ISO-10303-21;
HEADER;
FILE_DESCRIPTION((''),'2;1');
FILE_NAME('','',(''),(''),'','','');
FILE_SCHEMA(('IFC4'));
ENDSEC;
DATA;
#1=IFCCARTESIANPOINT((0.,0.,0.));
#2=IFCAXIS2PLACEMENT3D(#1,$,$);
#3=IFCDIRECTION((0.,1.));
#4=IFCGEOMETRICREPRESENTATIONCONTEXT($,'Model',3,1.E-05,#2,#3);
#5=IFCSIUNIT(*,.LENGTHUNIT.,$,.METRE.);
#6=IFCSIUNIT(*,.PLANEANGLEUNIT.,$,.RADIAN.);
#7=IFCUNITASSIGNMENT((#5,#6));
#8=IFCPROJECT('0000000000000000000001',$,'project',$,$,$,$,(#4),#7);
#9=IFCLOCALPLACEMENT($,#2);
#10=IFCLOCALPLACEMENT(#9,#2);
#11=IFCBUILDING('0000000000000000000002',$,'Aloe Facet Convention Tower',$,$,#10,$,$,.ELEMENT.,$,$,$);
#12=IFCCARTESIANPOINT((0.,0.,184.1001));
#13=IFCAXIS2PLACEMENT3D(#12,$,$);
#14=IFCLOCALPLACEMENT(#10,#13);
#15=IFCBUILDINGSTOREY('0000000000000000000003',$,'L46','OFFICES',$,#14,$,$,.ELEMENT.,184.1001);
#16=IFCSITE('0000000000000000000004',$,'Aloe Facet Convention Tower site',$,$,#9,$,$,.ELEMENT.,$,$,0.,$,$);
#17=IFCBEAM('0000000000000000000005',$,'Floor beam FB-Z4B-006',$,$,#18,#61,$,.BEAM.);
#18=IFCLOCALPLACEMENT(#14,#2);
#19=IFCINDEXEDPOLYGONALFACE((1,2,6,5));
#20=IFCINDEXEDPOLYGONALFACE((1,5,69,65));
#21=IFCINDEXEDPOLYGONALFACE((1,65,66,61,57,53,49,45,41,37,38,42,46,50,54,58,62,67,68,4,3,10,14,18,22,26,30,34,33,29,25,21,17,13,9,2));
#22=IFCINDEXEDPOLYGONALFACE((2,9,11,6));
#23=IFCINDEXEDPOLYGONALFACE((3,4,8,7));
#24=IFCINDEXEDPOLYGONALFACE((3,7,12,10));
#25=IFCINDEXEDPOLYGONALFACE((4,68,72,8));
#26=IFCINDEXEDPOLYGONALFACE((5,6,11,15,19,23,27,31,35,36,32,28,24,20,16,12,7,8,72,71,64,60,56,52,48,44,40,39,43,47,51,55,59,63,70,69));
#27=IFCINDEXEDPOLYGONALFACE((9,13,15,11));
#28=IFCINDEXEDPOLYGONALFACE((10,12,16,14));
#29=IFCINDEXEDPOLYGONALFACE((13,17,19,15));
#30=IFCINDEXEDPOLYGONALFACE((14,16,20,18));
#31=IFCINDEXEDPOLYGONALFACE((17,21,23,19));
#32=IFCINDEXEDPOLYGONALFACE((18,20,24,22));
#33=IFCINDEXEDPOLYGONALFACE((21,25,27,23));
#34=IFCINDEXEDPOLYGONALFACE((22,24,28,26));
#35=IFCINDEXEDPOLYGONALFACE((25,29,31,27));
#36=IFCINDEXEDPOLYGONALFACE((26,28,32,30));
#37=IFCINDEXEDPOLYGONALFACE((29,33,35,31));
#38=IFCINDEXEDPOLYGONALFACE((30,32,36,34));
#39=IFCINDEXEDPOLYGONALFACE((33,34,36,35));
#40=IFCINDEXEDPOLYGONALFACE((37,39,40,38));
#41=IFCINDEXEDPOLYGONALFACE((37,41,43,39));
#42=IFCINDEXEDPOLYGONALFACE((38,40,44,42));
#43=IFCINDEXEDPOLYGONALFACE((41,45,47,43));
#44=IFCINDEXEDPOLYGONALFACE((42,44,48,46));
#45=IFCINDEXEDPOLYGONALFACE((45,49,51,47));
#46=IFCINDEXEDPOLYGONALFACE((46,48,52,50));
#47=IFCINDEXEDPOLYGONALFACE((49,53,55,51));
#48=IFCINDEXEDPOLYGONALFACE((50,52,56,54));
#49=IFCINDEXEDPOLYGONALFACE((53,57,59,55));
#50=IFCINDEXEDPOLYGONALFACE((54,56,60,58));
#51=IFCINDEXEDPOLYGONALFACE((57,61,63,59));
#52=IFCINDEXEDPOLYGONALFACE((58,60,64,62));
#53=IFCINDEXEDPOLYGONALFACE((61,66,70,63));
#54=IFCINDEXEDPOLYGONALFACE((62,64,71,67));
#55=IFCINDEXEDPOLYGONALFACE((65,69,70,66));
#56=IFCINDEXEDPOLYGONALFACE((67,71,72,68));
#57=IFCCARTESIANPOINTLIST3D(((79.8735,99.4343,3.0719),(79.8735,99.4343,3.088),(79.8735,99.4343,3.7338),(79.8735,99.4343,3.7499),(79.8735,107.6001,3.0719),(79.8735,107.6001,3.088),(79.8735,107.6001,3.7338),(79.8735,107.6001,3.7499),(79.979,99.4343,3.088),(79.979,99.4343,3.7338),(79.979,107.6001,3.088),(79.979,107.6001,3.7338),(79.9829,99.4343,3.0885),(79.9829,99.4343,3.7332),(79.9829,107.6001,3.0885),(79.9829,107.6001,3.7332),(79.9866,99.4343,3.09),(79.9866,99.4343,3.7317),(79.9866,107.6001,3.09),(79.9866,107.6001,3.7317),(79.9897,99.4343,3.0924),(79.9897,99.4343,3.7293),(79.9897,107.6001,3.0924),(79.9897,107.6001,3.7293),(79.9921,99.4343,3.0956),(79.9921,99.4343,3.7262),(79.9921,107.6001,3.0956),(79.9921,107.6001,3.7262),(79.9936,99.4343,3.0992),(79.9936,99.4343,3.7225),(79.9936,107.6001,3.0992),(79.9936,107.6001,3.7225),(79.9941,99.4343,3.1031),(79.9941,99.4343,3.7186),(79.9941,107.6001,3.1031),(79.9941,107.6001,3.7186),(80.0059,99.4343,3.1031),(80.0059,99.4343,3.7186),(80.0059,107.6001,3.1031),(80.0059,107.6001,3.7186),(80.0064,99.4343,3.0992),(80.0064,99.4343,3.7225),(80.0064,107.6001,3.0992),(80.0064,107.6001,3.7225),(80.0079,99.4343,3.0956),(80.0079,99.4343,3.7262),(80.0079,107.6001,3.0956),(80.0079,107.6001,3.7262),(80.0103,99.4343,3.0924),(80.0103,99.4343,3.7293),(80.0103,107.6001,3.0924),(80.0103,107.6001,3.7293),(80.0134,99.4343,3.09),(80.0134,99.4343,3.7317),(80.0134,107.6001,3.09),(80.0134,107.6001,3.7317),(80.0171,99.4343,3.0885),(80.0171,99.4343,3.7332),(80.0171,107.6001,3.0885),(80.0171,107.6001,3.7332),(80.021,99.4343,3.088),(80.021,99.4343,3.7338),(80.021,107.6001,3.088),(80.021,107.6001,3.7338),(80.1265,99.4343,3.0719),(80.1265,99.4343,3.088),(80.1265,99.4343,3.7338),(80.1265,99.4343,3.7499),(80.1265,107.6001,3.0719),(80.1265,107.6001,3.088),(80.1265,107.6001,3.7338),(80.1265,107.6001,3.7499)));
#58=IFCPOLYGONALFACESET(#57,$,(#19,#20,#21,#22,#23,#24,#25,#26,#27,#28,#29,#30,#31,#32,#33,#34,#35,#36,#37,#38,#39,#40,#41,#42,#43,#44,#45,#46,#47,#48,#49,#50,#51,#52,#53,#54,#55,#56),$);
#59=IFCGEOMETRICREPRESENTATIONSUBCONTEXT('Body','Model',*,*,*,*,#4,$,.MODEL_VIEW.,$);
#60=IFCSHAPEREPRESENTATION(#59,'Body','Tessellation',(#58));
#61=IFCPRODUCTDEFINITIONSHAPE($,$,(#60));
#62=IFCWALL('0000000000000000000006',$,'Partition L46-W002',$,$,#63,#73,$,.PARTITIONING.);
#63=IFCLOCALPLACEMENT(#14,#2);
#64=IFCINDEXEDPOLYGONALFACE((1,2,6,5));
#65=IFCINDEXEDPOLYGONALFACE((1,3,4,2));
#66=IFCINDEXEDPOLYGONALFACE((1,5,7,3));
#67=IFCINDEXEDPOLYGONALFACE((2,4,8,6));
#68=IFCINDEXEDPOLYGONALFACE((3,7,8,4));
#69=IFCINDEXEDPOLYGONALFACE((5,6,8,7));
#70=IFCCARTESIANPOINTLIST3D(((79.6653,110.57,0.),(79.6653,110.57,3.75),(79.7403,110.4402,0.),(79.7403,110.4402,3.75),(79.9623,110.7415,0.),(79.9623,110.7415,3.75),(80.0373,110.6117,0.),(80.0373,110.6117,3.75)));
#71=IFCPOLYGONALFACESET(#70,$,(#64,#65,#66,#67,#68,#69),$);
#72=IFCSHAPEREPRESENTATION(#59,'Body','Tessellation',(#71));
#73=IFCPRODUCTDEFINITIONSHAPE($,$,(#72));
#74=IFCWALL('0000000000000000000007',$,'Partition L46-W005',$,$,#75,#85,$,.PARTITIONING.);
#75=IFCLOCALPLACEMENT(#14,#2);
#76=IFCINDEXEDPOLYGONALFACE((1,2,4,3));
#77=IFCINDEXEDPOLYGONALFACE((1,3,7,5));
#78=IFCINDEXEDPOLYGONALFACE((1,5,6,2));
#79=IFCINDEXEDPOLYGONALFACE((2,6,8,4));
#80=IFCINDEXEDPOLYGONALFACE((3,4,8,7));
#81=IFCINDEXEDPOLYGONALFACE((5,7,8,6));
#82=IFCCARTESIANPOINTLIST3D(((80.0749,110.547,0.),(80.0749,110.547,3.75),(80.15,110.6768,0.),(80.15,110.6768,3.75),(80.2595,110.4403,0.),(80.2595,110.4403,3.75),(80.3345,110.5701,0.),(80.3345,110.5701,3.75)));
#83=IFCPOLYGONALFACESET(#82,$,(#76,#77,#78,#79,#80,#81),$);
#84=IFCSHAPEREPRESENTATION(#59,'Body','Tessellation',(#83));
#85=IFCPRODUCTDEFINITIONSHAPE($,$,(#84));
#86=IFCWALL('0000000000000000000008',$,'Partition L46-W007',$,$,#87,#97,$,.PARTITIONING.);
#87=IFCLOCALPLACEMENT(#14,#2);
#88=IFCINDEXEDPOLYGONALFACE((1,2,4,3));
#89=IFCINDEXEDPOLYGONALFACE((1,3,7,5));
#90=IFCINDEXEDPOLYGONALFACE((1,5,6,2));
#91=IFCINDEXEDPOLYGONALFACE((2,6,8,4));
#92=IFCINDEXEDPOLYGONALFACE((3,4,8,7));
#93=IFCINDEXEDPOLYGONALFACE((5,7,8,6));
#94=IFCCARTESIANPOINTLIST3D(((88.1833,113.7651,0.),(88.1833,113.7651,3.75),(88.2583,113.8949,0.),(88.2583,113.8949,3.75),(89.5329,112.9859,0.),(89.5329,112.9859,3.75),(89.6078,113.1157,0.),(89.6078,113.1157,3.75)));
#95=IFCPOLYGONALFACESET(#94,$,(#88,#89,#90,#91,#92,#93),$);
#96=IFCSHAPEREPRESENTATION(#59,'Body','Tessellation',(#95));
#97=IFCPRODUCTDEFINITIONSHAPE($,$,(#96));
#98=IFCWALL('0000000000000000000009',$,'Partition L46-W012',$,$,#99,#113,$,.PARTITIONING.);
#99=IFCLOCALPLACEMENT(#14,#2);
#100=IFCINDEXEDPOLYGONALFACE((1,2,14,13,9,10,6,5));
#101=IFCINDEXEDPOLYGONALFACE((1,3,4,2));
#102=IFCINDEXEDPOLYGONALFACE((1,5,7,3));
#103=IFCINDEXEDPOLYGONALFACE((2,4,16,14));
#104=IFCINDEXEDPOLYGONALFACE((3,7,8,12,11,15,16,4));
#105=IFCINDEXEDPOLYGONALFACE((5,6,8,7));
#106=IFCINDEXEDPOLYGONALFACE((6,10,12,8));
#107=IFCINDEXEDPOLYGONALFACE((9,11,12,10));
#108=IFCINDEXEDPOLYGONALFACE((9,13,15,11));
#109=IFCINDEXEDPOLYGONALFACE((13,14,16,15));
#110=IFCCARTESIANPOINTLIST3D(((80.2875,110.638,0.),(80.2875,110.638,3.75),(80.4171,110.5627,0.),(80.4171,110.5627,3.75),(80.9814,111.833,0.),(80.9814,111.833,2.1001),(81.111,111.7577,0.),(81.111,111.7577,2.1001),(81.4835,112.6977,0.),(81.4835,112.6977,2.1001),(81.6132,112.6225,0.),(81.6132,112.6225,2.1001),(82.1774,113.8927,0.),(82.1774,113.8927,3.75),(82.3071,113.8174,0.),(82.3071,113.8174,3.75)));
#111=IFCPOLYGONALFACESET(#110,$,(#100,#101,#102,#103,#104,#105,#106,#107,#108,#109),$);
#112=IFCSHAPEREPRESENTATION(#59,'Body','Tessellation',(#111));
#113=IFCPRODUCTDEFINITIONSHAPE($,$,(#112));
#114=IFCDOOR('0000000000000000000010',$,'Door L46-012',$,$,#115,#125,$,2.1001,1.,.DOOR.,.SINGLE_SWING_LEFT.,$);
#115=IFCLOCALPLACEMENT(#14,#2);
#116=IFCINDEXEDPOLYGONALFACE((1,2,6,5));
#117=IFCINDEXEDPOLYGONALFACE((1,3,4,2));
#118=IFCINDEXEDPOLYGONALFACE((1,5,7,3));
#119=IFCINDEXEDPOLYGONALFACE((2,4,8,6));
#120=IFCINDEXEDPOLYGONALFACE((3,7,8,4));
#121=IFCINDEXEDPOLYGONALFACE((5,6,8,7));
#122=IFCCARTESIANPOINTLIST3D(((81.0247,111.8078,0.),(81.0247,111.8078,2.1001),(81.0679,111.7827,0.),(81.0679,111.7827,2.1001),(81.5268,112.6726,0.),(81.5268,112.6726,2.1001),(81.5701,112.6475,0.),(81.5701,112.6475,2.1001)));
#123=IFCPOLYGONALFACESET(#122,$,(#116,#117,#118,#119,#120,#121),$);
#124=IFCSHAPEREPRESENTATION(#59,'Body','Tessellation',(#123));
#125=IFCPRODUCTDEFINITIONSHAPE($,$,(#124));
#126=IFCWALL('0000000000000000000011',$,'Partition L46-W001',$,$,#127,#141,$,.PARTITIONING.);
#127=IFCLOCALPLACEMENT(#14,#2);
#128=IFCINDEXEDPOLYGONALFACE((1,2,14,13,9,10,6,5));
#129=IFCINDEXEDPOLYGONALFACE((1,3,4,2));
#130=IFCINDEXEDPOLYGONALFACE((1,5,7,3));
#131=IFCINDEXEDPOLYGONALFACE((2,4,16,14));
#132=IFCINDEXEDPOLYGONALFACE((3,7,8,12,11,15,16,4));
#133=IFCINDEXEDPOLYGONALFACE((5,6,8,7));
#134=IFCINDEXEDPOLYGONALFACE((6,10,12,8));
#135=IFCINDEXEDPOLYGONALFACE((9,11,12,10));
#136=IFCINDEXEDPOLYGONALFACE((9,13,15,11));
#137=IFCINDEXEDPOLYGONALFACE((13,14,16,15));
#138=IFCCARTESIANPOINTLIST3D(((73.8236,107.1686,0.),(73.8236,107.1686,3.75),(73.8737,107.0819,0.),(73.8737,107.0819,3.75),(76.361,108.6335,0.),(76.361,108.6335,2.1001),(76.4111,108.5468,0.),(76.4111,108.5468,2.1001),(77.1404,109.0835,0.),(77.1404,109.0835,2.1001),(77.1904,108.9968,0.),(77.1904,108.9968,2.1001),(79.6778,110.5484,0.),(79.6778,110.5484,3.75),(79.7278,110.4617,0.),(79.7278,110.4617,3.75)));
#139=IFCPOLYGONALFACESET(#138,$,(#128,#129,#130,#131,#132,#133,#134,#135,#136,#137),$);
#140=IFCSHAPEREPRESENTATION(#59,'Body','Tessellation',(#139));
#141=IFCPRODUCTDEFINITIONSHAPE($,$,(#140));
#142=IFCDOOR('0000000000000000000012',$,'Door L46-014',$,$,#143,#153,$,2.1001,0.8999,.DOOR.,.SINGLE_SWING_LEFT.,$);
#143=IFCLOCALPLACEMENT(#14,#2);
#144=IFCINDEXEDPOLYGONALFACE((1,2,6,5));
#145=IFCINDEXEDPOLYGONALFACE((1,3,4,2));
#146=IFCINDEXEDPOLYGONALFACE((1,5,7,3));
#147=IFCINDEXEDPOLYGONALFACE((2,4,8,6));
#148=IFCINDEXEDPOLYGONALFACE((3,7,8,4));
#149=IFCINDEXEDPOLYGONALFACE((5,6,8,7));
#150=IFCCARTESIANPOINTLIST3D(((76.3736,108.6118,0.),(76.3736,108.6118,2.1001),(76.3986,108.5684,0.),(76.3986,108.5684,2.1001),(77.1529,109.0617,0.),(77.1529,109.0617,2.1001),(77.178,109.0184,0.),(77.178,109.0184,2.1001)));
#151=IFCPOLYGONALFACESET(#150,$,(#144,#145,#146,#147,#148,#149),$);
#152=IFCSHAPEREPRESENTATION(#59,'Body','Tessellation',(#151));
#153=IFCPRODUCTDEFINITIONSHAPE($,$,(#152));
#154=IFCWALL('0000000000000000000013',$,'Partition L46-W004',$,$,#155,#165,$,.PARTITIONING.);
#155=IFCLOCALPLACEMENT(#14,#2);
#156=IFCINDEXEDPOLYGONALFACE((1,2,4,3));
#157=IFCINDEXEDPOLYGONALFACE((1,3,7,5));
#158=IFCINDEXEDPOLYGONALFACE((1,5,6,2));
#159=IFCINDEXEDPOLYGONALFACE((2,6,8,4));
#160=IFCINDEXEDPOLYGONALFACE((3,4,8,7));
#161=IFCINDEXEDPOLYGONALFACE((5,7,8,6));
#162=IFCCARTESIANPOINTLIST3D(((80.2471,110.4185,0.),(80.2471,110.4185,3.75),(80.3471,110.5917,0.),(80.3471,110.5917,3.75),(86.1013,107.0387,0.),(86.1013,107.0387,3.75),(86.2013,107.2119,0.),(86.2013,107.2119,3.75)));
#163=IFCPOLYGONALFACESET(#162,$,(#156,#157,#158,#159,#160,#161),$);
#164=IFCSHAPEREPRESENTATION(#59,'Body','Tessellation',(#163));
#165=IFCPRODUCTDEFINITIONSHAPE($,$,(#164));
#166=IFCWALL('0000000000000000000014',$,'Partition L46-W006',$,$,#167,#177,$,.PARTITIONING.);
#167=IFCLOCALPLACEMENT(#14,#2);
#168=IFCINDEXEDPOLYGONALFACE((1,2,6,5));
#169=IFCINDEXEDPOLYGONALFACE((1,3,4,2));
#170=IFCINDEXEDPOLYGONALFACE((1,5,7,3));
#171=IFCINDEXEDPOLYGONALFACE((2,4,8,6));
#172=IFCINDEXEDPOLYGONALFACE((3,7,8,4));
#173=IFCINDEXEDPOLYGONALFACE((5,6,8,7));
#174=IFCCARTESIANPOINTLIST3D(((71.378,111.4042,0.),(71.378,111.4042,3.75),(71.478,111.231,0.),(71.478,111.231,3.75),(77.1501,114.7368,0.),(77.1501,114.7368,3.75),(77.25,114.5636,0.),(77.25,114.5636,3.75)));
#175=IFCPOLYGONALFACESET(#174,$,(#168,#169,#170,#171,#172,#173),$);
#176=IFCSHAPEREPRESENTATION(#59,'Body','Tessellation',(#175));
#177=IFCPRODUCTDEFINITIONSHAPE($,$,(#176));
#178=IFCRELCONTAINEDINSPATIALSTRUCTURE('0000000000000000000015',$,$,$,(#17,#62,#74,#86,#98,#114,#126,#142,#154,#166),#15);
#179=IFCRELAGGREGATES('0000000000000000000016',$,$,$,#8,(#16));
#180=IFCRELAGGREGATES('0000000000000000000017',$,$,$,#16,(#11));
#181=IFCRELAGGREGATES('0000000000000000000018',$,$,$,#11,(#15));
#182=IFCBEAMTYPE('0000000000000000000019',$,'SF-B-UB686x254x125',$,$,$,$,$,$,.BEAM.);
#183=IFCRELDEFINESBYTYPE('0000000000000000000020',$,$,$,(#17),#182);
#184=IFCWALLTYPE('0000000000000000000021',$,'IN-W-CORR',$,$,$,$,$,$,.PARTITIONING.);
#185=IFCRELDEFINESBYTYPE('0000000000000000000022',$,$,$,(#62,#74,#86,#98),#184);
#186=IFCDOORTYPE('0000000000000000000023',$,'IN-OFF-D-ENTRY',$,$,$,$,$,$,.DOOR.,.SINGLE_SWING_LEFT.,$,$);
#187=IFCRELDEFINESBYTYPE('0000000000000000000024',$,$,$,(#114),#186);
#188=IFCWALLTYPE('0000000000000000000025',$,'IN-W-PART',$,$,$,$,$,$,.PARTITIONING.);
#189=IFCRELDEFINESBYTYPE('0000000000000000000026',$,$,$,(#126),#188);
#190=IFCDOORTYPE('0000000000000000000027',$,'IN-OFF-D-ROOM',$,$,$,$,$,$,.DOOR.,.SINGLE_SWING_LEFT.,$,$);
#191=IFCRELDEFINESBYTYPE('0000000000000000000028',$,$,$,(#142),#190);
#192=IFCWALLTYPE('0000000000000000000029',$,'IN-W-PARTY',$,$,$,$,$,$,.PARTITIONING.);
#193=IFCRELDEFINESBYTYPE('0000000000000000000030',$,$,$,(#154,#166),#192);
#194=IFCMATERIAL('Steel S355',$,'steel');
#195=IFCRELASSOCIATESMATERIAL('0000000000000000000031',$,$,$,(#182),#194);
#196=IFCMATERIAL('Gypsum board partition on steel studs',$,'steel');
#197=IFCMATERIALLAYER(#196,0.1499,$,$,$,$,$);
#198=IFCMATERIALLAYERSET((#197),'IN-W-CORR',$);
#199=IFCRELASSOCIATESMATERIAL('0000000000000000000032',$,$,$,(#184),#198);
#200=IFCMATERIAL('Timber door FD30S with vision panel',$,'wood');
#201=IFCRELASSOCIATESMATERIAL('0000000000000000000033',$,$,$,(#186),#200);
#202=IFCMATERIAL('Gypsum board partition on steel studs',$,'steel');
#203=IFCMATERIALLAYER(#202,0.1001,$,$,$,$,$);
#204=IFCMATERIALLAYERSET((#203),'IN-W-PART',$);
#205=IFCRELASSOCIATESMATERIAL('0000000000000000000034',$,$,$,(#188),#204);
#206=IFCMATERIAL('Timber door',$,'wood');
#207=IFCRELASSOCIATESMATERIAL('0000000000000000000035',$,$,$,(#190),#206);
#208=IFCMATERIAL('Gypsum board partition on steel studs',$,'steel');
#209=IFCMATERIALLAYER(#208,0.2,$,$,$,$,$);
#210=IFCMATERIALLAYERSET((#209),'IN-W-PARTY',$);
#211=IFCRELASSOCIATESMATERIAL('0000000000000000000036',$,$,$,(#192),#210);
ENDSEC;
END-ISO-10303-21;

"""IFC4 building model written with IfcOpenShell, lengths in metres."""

from ifc_helpers import new_model, si_unit, direction, frame, frame_2d, origin, origin_2d, place, context, subcontext, project, spatial, rectangle, i_section, extrude, material, layer, layer_set, material_profile, profile_set, type_object, element, fill, save


model = new_model("IFC4")

# Units and contexts
model_context = context("Model", 3, precision=1e-05, world=origin(), true_north=direction((0.0, 1.0)))
body_context = subcontext(model_context, "Body", "Model", "MODEL_VIEW")
ifc_project = project(units=[si_unit("LENGTHUNIT", "METRE"), si_unit("PLANEANGLEUNIT", "RADIAN")], contexts=[model_context])

# Site, building, storey
site_placement = place(None, origin())
site = spatial("IfcSite", under=ifc_project, at=site_placement, Name="Aloe Facet Convention Tower site", CompositionType="ELEMENT", RefElevation=0.0)
building_placement = place(site_placement, origin())
building = spatial("IfcBuilding", under=site, at=building_placement, Name="Aloe Facet Convention Tower", CompositionType="ELEMENT")
storey_placement = place(building_placement, frame((0.0, 0.0, 184.1001)))
storey = spatial("IfcBuildingStorey", under=building, at=storey_placement, Name="L46", Description="OFFICES", CompositionType="ELEMENT", Elevation=184.1001)

# Beam
ifc_material_1 = material(Name="Steel S355", Category="steel")
ifc_material_profile_1 = material_profile(ifc_material_1, i_section(OverallWidth=0.2529, OverallDepth=0.678, WebThickness=0.0117, FlangeThickness=0.0161, FilletRadius=0.0151, at=origin_2d()), Name="UB 686x254x125")
ifc_profile_set_1 = profile_set([ifc_material_profile_1], Name="Steel S355")
beam_type_1 = type_object("IfcBeamType", Name="SF-B-UB686x254x125", PredefinedType="BEAM", material=ifc_profile_set_1)
beam_1_placement = place(storey_placement, frame((80.0, 107.6001, 3.4109), z_axis=(0.0, -1.0, 0.0), x_axis=(1.0, 0.0, 0.0)))
element("IfcBeam", 1, at=beam_1_placement, inside=storey, type_object=beam_type_1, Name="Floor beam FB-Z4B-006", PredefinedType="BEAM", context=body_context, shape_type="SweptSolid", body=[
    extrude(i_section(OverallWidth=0.2529, OverallDepth=0.678, WebThickness=0.0117, FlangeThickness=0.0161, FilletRadius=0.0151, at=origin_2d()), origin(), (0.0, 0.0, 1.0), 8.1658),
])

# Walls
ifc_material_2 = material(Name="Gypsum board partition on steel studs", Category="steel")
ifc_layer_1 = layer(ifc_material_2, 0.1499)
ifc_layer_set_1 = layer_set([ifc_layer_1], Name="IN-W-CORR")
wall_type_1 = type_object("IfcWallType", Name="IN-W-CORR", PredefinedType="PARTITIONING", material=ifc_layer_set_1)
wall_1_placement = place(storey_placement, frame((79.7029, 110.5051, 0.0), z_axis=(0.0, 0.0, 1.0), x_axis=(0.865913, 0.500195, 0.0)))
element("IfcWall", 2, at=wall_1_placement, inside=storey, type_object=wall_type_1, Name="Partition L46-W002", PredefinedType="PARTITIONING", context=body_context, shape_type="SweptSolid", body=[
    extrude(rectangle(XDim=0.343, YDim=0.1499, at=frame_2d((0.1714, 0.0))), origin(), (0.0, 0.0, 1.0), 3.75),
])
wall_2_placement = place(storey_placement, frame((80.1125, 110.6118, 0.0), z_axis=(0.0, 0.0, 1.0), x_axis=(0.865766, -0.500449, 0.0)))
element("IfcWall", 3, at=wall_2_placement, inside=storey, type_object=wall_type_1, Name="Partition L46-W005", PredefinedType="PARTITIONING", context=body_context, shape_type="SweptSolid", body=[
    extrude(rectangle(XDim=0.2131, YDim=0.1499, at=frame_2d((0.1064, 0.0))), origin(), (0.0, 0.0, 1.0), 3.75),
])
wall_3_placement = place(storey_placement, frame((88.2207, 113.8301, 0.0), z_axis=(0.0, 0.0, 1.0), x_axis=(0.865998, -0.500048, 0.0)))
element("IfcWall", 4, at=wall_3_placement, inside=storey, type_object=wall_type_1, Name="Partition L46-W007", PredefinedType="PARTITIONING", context=body_context, shape_type="SweptSolid", body=[
    extrude(rectangle(XDim=1.5583, YDim=0.1499, at=frame_2d((0.7793, 0.0))), origin(), (0.0, 0.0, 1.0), 3.75),
])

# Walls, openings, doors
wall_4_placement = place(storey_placement, frame((80.3523, 110.6003, 0.0), z_axis=(0.0, 0.0, 1.0), x_axis=(0.502156, 0.864777, 0.0)))
wall_4 = element("IfcWall", 5, at=wall_4_placement, inside=storey, type_object=wall_type_1, Name="Partition L46-W012", PredefinedType="PARTITIONING", context=body_context, shape_type="SweptSolid", body=[
    extrude(rectangle(XDim=3.7637, YDim=0.1499, at=frame_2d((1.8818, 0.0))), origin(), (0.0, 0.0, 1.0), 3.75),
])
opening_1_placement = place(wall_4_placement, frame((1.3818, 0.0, 0.0)))
opening_1 = element("IfcOpeningElement", 6, at=opening_1_placement, cuts=wall_4, PredefinedType="OPENING", context=body_context, shape_type="SweptSolid", body=[
    extrude(rectangle(XDim=1.0, YDim=2.1001, at=frame_2d((0.5, 1.05))), frame((0.0, 0.085, 0.0), z_axis=(0.0, -1.0, 0.0), x_axis=(1.0, 0.0, 0.0)), (0.0, 0.0, 1.0), 0.1699),
])
ifc_material_3 = material(Name="Timber door FD30S with vision panel", Category="wood")
door_type_1 = type_object("IfcDoorType", Name="IN-OFF-D-ENTRY", OperationType="SINGLE_SWING_LEFT", PredefinedType="DOOR", material=ifc_material_3)
door_1_placement = place(opening_1_placement, origin())
door_1 = element("IfcDoor", 7, at=door_1_placement, inside=storey, type_object=door_type_1, Name="Door L46-012", OperationType="SINGLE_SWING_LEFT", OverallHeight=2.1001, OverallWidth=1.0, PredefinedType="DOOR", context=body_context, shape_type="SweptSolid", body=[
    extrude(rectangle(XDim=1.0, YDim=2.1001, at=frame_2d((0.5, 1.05))), frame((0.0, 0.0249, 0.0), z_axis=(0.0, -1.0, 0.0), x_axis=(1.0, 0.0, 0.0)), (0.0, 0.0, 1.0), 0.05),
])
fill(opening_1, door_1)
ifc_material_4 = material(Name="Gypsum board partition on steel studs", Category="steel")
ifc_layer_2 = layer(ifc_material_4, 0.1001)
ifc_layer_set_2 = layer_set([ifc_layer_2], Name="IN-W-PART")
wall_type_2 = type_object("IfcWallType", Name="IN-W-PART", PredefinedType="PARTITIONING", material=ifc_layer_set_2)
wall_5_placement = place(storey_placement, frame((73.8486, 107.1252, 0.0), z_axis=(0.0, 0.0, 1.0), x_axis=(0.86603, 0.499992, 0.0)))
wall_5 = element("IfcWall", 8, at=wall_5_placement, inside=storey, type_object=wall_type_2, Name="Partition L46-W001", PredefinedType="PARTITIONING", context=body_context, shape_type="SweptSolid", body=[
    extrude(rectangle(XDim=6.7598, YDim=0.1001, at=frame_2d((3.3799, 0.0))), origin(), (0.0, 0.0, 1.0), 3.75),
])
opening_2_placement = place(wall_5_placement, frame((2.9299, 0.0, 0.0)))
opening_2 = element("IfcOpeningElement", 9, at=opening_2_placement, cuts=wall_5, PredefinedType="OPENING", context=body_context, shape_type="SweptSolid", body=[
    extrude(rectangle(XDim=0.8999, YDim=2.1001, at=frame_2d((0.45, 1.05))), frame((0.0, 0.0601, 0.0), z_axis=(0.0, -1.0, 0.0), x_axis=(1.0, 0.0, 0.0)), (0.0, 0.0, 1.0), 0.1201),
])
ifc_material_5 = material(Name="Timber door", Category="wood")
door_type_2 = type_object("IfcDoorType", Name="IN-OFF-D-ROOM", OperationType="SINGLE_SWING_LEFT", PredefinedType="DOOR", material=ifc_material_5)
door_2_placement = place(opening_2_placement, origin())
door_2 = element("IfcDoor", 10, at=door_2_placement, inside=storey, type_object=door_type_2, Name="Door L46-014", OperationType="SINGLE_SWING_LEFT", OverallHeight=2.1001, OverallWidth=0.8999, PredefinedType="DOOR", context=body_context, shape_type="SweptSolid", body=[
    extrude(rectangle(XDim=0.8999, YDim=2.1001, at=frame_2d((0.45, 1.05))), frame((0.0, 0.0249, 0.0), z_axis=(0.0, -1.0, 0.0), x_axis=(1.0, 0.0, 0.0)), (0.0, 0.0, 1.0), 0.05),
])
fill(opening_2, door_2)

# Walls
ifc_material_6 = material(Name="Gypsum board partition on steel studs", Category="steel")
ifc_layer_3 = layer(ifc_material_6, 0.2)
ifc_layer_set_3 = layer_set([ifc_layer_3], Name="IN-W-PARTY")
wall_type_3 = type_object("IfcWallType", Name="IN-W-PARTY", PredefinedType="PARTITIONING", material=ifc_layer_set_3)
wall_6_placement = place(storey_placement, frame((80.2971, 110.5051, 0.0), z_axis=(0.0, 0.0, 1.0), x_axis=(0.86603, -0.499992, 0.0)))
element("IfcWall", 11, at=wall_6_placement, inside=storey, type_object=wall_type_3, Name="Partition L46-W004", PredefinedType="PARTITIONING", context=body_context, shape_type="SweptSolid", body=[
    extrude(rectangle(XDim=6.7598, YDim=0.2, at=frame_2d((3.3799, 0.0))), origin(), (0.0, 0.0, 1.0), 3.75),
])
wall_7_placement = place(storey_placement, frame((71.428, 111.3176, 0.0), z_axis=(0.0, 0.0, 1.0), x_axis=(0.866021, 0.500008, 0.0)))
element("IfcWall", 12, at=wall_7_placement, inside=storey, type_object=wall_type_3, Name="Partition L46-W006", PredefinedType="PARTITIONING", context=body_context, shape_type="SweptSolid", body=[
    extrude(rectangle(XDim=6.665, YDim=0.2, at=frame_2d((3.3325, 0.0))), origin(), (0.0, 0.0, 1.0), 3.75),
])

save(model, "model.ifc")
